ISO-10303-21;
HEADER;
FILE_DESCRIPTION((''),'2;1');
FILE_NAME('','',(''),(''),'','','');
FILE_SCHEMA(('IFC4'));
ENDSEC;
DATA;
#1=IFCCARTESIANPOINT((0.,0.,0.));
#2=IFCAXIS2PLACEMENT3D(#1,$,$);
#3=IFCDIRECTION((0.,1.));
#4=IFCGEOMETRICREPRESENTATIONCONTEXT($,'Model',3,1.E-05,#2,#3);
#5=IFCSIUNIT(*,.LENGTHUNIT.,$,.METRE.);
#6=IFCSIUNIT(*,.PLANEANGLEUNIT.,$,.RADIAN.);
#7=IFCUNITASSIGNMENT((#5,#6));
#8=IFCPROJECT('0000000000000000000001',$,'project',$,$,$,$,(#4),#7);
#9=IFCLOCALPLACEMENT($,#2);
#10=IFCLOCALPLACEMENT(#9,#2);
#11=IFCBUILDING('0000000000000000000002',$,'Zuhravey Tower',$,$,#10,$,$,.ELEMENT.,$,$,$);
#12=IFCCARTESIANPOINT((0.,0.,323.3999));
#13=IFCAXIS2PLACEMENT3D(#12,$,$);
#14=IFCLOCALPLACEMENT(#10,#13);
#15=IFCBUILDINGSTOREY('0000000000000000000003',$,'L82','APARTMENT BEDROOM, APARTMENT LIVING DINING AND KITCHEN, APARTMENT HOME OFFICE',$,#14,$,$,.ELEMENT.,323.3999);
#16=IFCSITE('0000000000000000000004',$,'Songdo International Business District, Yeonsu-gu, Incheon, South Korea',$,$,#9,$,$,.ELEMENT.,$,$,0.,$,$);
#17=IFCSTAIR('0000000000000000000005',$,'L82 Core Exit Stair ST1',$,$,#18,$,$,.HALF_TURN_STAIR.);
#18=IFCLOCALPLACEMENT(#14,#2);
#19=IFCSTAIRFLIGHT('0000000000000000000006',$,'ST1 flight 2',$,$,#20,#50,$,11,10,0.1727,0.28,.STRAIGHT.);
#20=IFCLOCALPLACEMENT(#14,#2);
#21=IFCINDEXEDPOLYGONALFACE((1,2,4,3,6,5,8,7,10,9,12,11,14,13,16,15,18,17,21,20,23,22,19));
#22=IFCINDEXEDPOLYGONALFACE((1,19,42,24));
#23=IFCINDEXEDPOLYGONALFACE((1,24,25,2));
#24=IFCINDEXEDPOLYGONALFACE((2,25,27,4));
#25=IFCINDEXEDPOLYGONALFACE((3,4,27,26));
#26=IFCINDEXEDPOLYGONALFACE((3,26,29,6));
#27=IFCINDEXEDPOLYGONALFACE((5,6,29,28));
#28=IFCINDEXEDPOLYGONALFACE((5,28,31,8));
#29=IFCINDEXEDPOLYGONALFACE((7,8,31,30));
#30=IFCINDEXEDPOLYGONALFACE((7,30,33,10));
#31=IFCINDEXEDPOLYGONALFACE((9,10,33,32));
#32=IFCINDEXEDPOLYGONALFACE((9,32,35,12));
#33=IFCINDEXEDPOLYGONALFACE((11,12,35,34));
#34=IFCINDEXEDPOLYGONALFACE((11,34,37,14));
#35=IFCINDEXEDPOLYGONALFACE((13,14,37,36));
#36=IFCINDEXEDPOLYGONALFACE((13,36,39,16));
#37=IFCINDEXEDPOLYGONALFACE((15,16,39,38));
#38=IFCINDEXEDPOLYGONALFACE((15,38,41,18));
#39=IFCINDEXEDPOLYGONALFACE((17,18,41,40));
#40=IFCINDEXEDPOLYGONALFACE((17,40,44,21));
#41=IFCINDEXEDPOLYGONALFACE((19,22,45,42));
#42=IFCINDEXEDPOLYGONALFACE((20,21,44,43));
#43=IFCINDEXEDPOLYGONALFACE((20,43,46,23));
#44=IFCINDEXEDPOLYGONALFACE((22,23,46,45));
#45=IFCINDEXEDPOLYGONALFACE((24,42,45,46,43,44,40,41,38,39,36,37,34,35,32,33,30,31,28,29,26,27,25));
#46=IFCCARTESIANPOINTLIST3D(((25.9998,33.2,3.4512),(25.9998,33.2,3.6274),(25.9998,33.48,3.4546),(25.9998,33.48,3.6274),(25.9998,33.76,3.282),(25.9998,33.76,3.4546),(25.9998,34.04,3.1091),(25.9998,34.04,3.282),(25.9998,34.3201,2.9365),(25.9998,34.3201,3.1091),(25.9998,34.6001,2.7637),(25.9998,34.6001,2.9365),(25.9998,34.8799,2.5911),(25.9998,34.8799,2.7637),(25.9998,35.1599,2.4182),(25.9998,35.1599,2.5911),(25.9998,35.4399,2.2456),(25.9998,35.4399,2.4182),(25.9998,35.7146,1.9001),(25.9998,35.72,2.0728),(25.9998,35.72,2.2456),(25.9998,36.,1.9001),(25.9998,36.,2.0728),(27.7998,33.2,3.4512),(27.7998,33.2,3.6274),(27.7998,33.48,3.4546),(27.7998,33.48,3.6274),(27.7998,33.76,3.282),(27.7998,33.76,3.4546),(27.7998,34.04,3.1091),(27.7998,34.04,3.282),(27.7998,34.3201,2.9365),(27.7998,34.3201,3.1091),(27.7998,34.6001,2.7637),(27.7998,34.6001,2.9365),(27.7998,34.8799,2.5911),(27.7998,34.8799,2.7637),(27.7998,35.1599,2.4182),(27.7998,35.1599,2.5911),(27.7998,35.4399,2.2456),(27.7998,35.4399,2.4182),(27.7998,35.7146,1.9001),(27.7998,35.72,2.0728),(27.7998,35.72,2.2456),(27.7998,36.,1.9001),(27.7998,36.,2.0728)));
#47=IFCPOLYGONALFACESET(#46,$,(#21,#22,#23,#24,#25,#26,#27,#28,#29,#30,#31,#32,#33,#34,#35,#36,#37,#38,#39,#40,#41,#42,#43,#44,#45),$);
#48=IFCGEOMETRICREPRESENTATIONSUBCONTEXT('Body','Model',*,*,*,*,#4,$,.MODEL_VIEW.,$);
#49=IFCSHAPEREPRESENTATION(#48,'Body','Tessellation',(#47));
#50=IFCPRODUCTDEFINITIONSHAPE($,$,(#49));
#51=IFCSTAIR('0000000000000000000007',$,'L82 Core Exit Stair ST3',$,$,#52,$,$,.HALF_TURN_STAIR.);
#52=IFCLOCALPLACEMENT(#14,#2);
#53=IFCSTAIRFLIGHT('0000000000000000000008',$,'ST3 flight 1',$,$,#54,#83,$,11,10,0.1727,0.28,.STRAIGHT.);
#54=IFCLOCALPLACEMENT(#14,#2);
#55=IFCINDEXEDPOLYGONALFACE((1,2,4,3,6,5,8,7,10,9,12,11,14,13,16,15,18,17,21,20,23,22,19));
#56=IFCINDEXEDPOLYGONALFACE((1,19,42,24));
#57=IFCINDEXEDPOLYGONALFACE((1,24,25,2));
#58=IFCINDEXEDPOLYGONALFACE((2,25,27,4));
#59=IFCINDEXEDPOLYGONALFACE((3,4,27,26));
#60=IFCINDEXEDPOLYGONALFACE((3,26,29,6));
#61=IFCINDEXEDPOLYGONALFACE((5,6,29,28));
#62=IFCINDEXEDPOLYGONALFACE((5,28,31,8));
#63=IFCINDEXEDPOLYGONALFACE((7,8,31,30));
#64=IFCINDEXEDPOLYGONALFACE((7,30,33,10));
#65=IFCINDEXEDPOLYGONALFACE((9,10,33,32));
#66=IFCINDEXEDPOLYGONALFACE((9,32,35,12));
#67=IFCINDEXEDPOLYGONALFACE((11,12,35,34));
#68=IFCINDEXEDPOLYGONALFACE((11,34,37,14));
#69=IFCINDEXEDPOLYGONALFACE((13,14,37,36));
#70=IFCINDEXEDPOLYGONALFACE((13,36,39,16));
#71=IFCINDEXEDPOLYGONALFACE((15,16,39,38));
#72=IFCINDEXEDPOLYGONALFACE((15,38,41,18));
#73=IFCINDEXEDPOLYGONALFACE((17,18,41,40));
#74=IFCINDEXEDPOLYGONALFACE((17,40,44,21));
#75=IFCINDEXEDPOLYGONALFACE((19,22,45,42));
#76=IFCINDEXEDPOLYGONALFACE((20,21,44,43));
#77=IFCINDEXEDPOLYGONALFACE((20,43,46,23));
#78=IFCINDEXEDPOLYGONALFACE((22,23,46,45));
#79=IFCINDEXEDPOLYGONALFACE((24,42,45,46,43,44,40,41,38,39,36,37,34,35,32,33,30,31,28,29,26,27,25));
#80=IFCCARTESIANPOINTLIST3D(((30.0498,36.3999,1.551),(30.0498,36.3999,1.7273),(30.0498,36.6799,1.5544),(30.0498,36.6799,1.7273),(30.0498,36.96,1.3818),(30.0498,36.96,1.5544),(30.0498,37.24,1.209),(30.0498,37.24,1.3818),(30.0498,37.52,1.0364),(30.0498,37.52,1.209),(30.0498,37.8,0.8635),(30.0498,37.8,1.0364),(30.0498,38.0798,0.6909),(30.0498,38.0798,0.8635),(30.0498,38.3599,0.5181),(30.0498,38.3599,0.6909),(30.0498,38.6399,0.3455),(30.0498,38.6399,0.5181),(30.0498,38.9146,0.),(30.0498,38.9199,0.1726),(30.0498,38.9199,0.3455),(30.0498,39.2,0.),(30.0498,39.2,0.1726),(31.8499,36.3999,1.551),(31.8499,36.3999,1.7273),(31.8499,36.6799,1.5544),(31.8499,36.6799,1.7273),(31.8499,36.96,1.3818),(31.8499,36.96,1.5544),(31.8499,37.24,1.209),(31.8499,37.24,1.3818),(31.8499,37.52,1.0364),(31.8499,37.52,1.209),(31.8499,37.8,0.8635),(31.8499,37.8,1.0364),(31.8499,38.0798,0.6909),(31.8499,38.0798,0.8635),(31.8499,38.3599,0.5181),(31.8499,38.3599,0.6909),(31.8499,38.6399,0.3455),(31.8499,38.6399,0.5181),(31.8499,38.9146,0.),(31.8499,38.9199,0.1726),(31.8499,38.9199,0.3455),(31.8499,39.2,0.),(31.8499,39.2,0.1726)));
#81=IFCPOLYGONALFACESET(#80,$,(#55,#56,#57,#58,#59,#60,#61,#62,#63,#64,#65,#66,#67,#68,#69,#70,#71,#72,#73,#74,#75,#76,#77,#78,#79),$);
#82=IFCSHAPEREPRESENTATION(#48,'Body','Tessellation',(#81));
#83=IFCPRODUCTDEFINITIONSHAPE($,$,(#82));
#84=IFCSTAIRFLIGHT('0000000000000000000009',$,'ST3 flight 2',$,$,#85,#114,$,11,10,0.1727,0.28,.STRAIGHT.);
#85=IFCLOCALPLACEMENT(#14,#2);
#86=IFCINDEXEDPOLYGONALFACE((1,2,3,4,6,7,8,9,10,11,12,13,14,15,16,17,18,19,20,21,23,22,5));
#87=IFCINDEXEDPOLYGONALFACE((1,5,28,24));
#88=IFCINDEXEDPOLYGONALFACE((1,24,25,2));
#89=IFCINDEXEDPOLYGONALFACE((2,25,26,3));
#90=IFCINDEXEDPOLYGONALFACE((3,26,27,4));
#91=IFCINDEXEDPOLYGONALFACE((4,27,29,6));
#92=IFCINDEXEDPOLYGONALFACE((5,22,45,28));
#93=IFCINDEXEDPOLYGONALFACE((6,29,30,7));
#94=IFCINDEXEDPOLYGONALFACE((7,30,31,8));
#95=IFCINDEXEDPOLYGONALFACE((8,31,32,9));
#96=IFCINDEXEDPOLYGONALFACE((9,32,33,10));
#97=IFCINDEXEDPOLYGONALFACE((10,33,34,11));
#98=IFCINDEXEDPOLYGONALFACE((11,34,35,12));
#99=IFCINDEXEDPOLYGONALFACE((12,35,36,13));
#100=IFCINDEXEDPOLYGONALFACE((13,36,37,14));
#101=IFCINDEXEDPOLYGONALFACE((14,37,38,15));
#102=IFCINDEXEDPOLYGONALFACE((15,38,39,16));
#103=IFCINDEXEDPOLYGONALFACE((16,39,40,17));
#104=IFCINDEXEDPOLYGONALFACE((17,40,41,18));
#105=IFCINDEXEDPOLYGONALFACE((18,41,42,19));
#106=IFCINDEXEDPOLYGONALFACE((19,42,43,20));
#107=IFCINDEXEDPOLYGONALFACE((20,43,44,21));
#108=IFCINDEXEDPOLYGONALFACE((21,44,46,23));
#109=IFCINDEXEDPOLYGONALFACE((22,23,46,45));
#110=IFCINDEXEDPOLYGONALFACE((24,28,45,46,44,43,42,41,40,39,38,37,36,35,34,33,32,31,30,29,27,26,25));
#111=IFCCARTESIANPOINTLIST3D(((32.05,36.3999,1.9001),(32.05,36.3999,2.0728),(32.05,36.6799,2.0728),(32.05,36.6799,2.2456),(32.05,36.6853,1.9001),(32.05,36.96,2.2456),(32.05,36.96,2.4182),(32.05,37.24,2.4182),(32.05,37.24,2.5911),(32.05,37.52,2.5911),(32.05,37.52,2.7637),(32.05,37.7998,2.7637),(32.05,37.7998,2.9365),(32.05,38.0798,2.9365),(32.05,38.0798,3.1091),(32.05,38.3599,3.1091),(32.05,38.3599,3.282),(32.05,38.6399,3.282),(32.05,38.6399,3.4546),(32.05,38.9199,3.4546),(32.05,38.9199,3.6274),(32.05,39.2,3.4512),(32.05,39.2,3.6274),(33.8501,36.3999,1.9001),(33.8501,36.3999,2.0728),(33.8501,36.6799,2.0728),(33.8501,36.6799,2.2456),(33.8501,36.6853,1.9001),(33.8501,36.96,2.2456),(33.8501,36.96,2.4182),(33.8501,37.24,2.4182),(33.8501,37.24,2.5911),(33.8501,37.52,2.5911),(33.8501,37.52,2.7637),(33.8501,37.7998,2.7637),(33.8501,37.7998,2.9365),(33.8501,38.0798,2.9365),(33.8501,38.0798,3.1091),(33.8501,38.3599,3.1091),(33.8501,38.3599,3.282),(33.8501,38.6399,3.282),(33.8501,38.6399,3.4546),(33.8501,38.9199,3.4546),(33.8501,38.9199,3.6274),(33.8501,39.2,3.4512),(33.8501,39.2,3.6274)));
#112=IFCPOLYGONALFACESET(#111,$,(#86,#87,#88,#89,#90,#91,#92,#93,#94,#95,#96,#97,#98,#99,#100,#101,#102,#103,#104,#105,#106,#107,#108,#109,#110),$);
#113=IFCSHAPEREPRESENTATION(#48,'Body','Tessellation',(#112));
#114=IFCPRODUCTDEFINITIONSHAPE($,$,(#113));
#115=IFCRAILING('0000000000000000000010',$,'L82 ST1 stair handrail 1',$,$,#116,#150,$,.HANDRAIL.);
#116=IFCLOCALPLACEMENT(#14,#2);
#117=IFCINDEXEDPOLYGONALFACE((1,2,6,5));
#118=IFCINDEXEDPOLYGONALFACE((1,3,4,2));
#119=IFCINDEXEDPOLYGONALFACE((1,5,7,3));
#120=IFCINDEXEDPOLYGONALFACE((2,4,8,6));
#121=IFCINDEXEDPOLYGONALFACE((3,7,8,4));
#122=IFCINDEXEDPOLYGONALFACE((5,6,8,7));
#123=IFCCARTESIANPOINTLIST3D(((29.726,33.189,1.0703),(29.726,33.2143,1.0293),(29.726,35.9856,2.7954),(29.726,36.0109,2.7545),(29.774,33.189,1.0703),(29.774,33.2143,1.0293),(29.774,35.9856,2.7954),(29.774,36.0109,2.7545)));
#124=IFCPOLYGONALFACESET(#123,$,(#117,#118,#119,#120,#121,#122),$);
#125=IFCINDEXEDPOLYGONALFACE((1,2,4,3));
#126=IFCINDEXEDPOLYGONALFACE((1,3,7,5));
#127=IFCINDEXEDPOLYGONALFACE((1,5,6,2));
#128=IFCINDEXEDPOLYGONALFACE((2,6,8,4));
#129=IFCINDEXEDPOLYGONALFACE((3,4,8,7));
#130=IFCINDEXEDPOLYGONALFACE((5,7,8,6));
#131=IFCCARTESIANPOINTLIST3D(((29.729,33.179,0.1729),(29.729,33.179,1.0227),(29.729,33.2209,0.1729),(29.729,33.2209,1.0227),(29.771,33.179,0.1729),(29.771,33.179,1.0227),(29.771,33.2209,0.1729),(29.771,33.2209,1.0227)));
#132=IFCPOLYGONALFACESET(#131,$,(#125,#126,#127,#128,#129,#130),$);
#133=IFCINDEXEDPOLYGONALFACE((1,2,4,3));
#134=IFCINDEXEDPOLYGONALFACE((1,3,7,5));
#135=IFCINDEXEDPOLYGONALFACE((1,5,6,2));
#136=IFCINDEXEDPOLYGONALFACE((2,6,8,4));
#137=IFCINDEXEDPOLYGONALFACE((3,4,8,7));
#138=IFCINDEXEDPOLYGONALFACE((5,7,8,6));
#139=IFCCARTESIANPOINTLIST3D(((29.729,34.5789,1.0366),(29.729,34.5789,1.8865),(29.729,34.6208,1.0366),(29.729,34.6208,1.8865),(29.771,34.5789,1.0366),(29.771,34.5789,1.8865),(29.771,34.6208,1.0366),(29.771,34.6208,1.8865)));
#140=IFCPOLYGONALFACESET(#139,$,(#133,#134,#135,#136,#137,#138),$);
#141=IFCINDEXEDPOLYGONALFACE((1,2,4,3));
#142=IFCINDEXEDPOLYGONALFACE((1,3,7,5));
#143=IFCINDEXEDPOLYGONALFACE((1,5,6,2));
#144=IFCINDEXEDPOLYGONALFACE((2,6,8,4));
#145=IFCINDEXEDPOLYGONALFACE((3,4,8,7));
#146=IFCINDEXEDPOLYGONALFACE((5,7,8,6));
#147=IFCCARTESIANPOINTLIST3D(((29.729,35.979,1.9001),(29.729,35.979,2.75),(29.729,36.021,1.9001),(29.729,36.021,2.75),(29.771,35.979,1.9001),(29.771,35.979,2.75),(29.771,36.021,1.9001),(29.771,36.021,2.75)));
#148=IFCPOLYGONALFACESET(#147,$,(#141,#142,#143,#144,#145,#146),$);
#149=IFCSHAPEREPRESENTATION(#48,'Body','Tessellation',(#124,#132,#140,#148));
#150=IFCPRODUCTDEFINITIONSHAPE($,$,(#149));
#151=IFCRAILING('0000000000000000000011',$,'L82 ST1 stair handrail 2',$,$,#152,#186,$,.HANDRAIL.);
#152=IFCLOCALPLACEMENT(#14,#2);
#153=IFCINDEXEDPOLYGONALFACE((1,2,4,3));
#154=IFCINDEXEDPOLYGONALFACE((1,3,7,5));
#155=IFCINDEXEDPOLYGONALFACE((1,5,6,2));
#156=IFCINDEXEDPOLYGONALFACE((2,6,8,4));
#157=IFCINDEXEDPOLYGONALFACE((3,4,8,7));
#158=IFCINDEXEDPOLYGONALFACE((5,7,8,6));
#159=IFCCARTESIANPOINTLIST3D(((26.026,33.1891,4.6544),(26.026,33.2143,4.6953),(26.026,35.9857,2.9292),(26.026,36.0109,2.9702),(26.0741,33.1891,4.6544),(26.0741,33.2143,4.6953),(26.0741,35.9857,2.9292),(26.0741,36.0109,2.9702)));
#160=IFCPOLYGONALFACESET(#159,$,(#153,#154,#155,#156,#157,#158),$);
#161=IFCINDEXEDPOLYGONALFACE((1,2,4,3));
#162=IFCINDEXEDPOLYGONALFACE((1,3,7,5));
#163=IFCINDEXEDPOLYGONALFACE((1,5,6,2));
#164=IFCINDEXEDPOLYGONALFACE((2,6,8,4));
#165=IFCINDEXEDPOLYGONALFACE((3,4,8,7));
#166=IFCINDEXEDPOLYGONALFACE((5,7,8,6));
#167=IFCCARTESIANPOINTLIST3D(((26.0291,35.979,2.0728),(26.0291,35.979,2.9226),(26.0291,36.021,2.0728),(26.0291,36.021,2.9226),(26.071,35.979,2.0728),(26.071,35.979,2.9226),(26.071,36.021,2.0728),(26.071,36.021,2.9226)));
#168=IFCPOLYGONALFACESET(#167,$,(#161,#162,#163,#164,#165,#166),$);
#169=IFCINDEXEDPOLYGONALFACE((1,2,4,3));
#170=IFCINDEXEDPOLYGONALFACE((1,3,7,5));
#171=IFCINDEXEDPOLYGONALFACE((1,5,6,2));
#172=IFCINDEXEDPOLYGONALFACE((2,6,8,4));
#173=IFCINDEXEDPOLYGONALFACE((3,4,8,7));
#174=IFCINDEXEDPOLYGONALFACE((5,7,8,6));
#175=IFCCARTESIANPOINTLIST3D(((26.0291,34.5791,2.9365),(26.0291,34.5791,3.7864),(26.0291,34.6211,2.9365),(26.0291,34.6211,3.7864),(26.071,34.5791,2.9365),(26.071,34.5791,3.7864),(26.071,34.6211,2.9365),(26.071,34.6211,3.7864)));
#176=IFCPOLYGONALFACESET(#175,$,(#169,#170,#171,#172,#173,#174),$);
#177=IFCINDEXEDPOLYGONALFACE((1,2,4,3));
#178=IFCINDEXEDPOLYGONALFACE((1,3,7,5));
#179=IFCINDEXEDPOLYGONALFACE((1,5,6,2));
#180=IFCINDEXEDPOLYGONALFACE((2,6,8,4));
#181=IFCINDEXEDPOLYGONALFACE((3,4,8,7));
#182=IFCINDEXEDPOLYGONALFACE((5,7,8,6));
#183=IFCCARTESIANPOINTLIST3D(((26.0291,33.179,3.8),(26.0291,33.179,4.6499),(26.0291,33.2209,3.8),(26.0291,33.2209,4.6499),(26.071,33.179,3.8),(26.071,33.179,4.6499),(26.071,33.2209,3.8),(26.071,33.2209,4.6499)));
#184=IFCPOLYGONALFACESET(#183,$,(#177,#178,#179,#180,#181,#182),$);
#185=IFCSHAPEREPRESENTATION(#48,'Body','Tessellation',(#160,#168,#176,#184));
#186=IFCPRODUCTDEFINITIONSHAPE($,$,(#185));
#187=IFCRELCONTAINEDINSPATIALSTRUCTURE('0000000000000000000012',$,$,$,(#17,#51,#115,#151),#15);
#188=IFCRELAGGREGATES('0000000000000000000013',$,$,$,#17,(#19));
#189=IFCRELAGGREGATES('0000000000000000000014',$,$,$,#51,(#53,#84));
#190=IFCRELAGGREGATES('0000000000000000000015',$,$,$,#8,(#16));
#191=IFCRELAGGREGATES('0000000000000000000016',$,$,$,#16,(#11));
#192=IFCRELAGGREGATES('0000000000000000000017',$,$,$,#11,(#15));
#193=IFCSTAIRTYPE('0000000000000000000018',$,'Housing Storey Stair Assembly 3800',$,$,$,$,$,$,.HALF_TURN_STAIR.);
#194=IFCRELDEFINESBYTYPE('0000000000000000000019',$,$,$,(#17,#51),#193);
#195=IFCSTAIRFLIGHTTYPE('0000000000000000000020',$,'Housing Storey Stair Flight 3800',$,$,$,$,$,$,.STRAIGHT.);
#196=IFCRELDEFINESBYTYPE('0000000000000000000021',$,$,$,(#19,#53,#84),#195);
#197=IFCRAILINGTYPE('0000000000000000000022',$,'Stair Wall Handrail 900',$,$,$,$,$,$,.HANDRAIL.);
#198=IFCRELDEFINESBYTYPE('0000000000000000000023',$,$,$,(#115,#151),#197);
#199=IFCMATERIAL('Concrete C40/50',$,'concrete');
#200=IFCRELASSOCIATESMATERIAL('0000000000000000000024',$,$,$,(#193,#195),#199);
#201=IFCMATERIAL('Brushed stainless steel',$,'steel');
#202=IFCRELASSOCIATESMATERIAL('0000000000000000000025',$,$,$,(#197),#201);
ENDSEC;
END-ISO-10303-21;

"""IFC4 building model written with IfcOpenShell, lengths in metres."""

from ifc_helpers import new_model, si_unit, direction, frame, origin, origin_2d, place, context, subcontext, project, spatial, polyline, rectangle, outline, extrude, material, type_object, element, aggregate, save


model = new_model("IFC4")

# Units and contexts
model_context = context("Model", 3, precision=1e-05, world=origin(), true_north=direction((0.0, 1.0)))
body_context = subcontext(model_context, "Body", "Model", "MODEL_VIEW")
ifc_project = project(units=[si_unit("LENGTHUNIT", "METRE"), si_unit("PLANEANGLEUNIT", "RADIAN")], contexts=[model_context])

# Site, building, storey
site_placement = place(None, origin())
site = spatial("IfcSite", under=ifc_project, at=site_placement, Name="Songdo International Business District, Yeonsu-gu, Incheon, South Korea", CompositionType="ELEMENT", RefElevation=0.0)
building_placement = place(site_placement, origin())
building = spatial("IfcBuilding", under=site, at=building_placement, Name="Zuhravey Tower", CompositionType="ELEMENT")
storey_placement = place(building_placement, frame((0.0, 0.0, 323.3999)))
storey = spatial("IfcBuildingStorey", under=building, at=storey_placement, Name="L82", Description="APARTMENT BEDROOM, APARTMENT LIVING DINING AND KITCHEN, APARTMENT HOME OFFICE", CompositionType="ELEMENT", Elevation=323.3999)

# Stairs, stair flights
ifc_material_1 = material(Name="Concrete C40/50", Category="concrete")
stair_type = type_object("IfcStairType", Name="Housing Storey Stair Assembly 3800", PredefinedType="HALF_TURN_STAIR", material=ifc_material_1)
stair_1_placement = place(storey_placement, origin())
stair_1 = element("IfcStair", 1, at=stair_1_placement, inside=storey, type_object=stair_type, Name="L82 Core Exit Stair ST1", PredefinedType="HALF_TURN_STAIR")
stair_flight_type = type_object("IfcStairFlightType", Name="Housing Storey Stair Flight 3800", PredefinedType="STRAIGHT", material=ifc_material_1)
stair_flight_1_placement = place(storey_placement, frame((26.8999, 36.0, 1.9001), z_axis=(0.0, 0.0, 1.0), x_axis=(0.0, -1.0, 0.0)))
stair_flight_1 = element("IfcStairFlight", 2, at=stair_flight_1_placement, type_object=stair_flight_type, Name="ST1 flight 2", NumberOfRisers=11, NumberOfTreads=10, PredefinedType="STRAIGHT", RiserHeight=0.1727, TreadLength=0.28, context=body_context, shape_type="SweptSolid", body=[
    extrude(outline(polyline([(0.0, 0.0), (0.0, 0.1726), (0.28, 0.1726), (0.28, 0.3455), (0.5601, 0.3455), (0.5601, 0.5181), (0.8401, 0.5181), (0.8401, 0.6909), (1.1201, 0.6909), (1.1201, 0.8635), (1.3999, 0.8635), (1.3999, 1.0364), (1.6799, 1.0364), (1.6799, 1.209), (1.96, 1.209), (1.96, 1.3818), (2.24, 1.3818), (2.24, 1.5544), (2.52, 1.5544), (2.52, 1.7273), (2.8, 1.7273), (2.8, 1.8999), (2.8, 1.551), (0.2854, 0.0), (0.0, 0.0)])), frame((0.0, 0.8999, 0.0), z_axis=(0.0, -1.0, 0.0), x_axis=(1.0, 0.0, 0.0)), (0.0, 0.0, 1.0), 1.8),
])
aggregate(stair_1, [stair_flight_1])
stair_2_placement = place(storey_placement, origin())
stair_2 = element("IfcStair", 3, at=stair_2_placement, inside=storey, type_object=stair_type, Name="L82 Core Exit Stair ST3", PredefinedType="HALF_TURN_STAIR")
stair_flight_2_placement = place(storey_placement, frame((30.95, 39.2, 0.0), z_axis=(0.0, 0.0, 1.0), x_axis=(0.0, -1.0, 0.0)))
stair_flight_2 = element("IfcStairFlight", 4, at=stair_flight_2_placement, type_object=stair_flight_type, Name="ST3 flight 1", NumberOfRisers=11, NumberOfTreads=10, PredefinedType="STRAIGHT", RiserHeight=0.1727, TreadLength=0.28, context=body_context, shape_type="SweptSolid", body=[
    extrude(outline(polyline([(0.0, 0.0), (0.0, 0.1726), (0.28, 0.1726), (0.28, 0.3455), (0.5601, 0.3455), (0.5601, 0.5181), (0.8401, 0.5181), (0.8401, 0.6909), (1.1201, 0.6909), (1.1201, 0.8635), (1.3999, 0.8635), (1.3999, 1.0364), (1.6799, 1.0364), (1.6799, 1.209), (1.96, 1.209), (1.96, 1.3818), (2.24, 1.3818), (2.24, 1.5544), (2.52, 1.5544), (2.52, 1.7273), (2.8, 1.7273), (2.8, 1.8999), (2.8, 1.551), (0.2854, 0.0), (0.0, 0.0)])), frame((0.0, 0.8999, 0.0), z_axis=(0.0, -1.0, 0.0), x_axis=(1.0, 0.0, 0.0)), (0.0, 0.0, 1.0), 1.8),
])
stair_flight_3_placement = place(storey_placement, frame((32.95, 36.3999, 1.9001), z_axis=(0.0, 0.0, 1.0), x_axis=(0.0, 1.0, 0.0)))
stair_flight_3 = element("IfcStairFlight", 5, at=stair_flight_3_placement, type_object=stair_flight_type, Name="ST3 flight 2", NumberOfRisers=11, NumberOfTreads=10, PredefinedType="STRAIGHT", RiserHeight=0.1727, TreadLength=0.28, context=body_context, shape_type="SweptSolid", body=[
    extrude(outline(polyline([(0.0, 0.0), (0.0, 0.1726), (0.28, 0.1726), (0.28, 0.3455), (0.5601, 0.3455), (0.5601, 0.5181), (0.8401, 0.5181), (0.8401, 0.6909), (1.1201, 0.6909), (1.1201, 0.8635), (1.3999, 0.8635), (1.3999, 1.0364), (1.6799, 1.0364), (1.6799, 1.209), (1.96, 1.209), (1.96, 1.3818), (2.24, 1.3818), (2.24, 1.5544), (2.52, 1.5544), (2.52, 1.7273), (2.8, 1.7273), (2.8, 1.8999), (2.8, 1.551), (0.2854, 0.0), (0.0, 0.0)])), frame((0.0, 0.8999, 0.0), z_axis=(0.0, -1.0, 0.0), x_axis=(1.0, 0.0, 0.0)), (0.0, 0.0, 1.0), 1.8),
])
aggregate(stair_2, [stair_flight_2, stair_flight_3])

# Railings
ifc_material_2 = material(Name="Brushed stainless steel", Category="steel")
railing_type_1 = type_object("IfcRailingType", Name="Stair Wall Handrail 900", PredefinedType="HANDRAIL", material=ifc_material_2)
railing_1_placement = place(storey_placement, frame((29.75, 33.2, 0.1729)))
element("IfcRailing", 6, at=railing_1_placement, inside=storey, type_object=railing_type_1, Name="L82 ST1 stair handrail 1", PredefinedType="HANDRAIL", context=body_context, shape_type="SweptSolid", body=[
    extrude(rectangle(XDim=0.0481, YDim=0.0481, at=origin_2d()), frame((0.0, 0.0017, 0.877), z_axis=(0.0, 0.85109, 0.52502), x_axis=(-1.0, 0.0, 0.0)), (0.0, 0.0, 1.0), 3.2859),
    extrude(rectangle(XDim=0.042, YDim=0.042, at=origin_2d()), origin(), (0.0, 0.0, 1.0), 0.8499),
    extrude(rectangle(XDim=0.042, YDim=0.042, at=origin_2d()), frame((0.0, 1.3999, 0.8638)), (0.0, 0.0, 1.0), 0.8499),
    extrude(rectangle(XDim=0.042, YDim=0.042, at=origin_2d()), frame((0.0, 2.8, 1.7273)), (0.0, 0.0, 1.0), 0.8499),
])
for number, where, name in (
    (7, (26.05, 36.0, 2.0728), "L82 ST1 stair handrail 2"),
):
    element("IfcRailing", number, at=place(storey_placement, frame(where)), inside=storey, type_object=railing_type_1, Name=name, PredefinedType="HANDRAIL", context=body_context, shape_type="SweptSolid", body=[
        extrude(rectangle(XDim=0.0481, YDim=0.0481, at=origin_2d()), frame((0.0, -0.0017, 0.877), z_axis=(0.0, -0.85109, 0.52502), x_axis=(1.0, 0.0, 0.0)), (0.0, 0.0, 1.0), 3.2859),
        extrude(rectangle(XDim=0.042, YDim=0.042, at=origin_2d()), origin(), (0.0, 0.0, 1.0), 0.8499),
        extrude(rectangle(XDim=0.042, YDim=0.042, at=origin_2d()), frame((0.0, -1.3999, 0.8638)), (0.0, 0.0, 1.0), 0.8499),
        extrude(rectangle(XDim=0.042, YDim=0.042, at=origin_2d()), frame((0.0, -2.8, 1.7273)), (0.0, 0.0, 1.0), 0.8499),
    ])

save(model, "model.ifc")
